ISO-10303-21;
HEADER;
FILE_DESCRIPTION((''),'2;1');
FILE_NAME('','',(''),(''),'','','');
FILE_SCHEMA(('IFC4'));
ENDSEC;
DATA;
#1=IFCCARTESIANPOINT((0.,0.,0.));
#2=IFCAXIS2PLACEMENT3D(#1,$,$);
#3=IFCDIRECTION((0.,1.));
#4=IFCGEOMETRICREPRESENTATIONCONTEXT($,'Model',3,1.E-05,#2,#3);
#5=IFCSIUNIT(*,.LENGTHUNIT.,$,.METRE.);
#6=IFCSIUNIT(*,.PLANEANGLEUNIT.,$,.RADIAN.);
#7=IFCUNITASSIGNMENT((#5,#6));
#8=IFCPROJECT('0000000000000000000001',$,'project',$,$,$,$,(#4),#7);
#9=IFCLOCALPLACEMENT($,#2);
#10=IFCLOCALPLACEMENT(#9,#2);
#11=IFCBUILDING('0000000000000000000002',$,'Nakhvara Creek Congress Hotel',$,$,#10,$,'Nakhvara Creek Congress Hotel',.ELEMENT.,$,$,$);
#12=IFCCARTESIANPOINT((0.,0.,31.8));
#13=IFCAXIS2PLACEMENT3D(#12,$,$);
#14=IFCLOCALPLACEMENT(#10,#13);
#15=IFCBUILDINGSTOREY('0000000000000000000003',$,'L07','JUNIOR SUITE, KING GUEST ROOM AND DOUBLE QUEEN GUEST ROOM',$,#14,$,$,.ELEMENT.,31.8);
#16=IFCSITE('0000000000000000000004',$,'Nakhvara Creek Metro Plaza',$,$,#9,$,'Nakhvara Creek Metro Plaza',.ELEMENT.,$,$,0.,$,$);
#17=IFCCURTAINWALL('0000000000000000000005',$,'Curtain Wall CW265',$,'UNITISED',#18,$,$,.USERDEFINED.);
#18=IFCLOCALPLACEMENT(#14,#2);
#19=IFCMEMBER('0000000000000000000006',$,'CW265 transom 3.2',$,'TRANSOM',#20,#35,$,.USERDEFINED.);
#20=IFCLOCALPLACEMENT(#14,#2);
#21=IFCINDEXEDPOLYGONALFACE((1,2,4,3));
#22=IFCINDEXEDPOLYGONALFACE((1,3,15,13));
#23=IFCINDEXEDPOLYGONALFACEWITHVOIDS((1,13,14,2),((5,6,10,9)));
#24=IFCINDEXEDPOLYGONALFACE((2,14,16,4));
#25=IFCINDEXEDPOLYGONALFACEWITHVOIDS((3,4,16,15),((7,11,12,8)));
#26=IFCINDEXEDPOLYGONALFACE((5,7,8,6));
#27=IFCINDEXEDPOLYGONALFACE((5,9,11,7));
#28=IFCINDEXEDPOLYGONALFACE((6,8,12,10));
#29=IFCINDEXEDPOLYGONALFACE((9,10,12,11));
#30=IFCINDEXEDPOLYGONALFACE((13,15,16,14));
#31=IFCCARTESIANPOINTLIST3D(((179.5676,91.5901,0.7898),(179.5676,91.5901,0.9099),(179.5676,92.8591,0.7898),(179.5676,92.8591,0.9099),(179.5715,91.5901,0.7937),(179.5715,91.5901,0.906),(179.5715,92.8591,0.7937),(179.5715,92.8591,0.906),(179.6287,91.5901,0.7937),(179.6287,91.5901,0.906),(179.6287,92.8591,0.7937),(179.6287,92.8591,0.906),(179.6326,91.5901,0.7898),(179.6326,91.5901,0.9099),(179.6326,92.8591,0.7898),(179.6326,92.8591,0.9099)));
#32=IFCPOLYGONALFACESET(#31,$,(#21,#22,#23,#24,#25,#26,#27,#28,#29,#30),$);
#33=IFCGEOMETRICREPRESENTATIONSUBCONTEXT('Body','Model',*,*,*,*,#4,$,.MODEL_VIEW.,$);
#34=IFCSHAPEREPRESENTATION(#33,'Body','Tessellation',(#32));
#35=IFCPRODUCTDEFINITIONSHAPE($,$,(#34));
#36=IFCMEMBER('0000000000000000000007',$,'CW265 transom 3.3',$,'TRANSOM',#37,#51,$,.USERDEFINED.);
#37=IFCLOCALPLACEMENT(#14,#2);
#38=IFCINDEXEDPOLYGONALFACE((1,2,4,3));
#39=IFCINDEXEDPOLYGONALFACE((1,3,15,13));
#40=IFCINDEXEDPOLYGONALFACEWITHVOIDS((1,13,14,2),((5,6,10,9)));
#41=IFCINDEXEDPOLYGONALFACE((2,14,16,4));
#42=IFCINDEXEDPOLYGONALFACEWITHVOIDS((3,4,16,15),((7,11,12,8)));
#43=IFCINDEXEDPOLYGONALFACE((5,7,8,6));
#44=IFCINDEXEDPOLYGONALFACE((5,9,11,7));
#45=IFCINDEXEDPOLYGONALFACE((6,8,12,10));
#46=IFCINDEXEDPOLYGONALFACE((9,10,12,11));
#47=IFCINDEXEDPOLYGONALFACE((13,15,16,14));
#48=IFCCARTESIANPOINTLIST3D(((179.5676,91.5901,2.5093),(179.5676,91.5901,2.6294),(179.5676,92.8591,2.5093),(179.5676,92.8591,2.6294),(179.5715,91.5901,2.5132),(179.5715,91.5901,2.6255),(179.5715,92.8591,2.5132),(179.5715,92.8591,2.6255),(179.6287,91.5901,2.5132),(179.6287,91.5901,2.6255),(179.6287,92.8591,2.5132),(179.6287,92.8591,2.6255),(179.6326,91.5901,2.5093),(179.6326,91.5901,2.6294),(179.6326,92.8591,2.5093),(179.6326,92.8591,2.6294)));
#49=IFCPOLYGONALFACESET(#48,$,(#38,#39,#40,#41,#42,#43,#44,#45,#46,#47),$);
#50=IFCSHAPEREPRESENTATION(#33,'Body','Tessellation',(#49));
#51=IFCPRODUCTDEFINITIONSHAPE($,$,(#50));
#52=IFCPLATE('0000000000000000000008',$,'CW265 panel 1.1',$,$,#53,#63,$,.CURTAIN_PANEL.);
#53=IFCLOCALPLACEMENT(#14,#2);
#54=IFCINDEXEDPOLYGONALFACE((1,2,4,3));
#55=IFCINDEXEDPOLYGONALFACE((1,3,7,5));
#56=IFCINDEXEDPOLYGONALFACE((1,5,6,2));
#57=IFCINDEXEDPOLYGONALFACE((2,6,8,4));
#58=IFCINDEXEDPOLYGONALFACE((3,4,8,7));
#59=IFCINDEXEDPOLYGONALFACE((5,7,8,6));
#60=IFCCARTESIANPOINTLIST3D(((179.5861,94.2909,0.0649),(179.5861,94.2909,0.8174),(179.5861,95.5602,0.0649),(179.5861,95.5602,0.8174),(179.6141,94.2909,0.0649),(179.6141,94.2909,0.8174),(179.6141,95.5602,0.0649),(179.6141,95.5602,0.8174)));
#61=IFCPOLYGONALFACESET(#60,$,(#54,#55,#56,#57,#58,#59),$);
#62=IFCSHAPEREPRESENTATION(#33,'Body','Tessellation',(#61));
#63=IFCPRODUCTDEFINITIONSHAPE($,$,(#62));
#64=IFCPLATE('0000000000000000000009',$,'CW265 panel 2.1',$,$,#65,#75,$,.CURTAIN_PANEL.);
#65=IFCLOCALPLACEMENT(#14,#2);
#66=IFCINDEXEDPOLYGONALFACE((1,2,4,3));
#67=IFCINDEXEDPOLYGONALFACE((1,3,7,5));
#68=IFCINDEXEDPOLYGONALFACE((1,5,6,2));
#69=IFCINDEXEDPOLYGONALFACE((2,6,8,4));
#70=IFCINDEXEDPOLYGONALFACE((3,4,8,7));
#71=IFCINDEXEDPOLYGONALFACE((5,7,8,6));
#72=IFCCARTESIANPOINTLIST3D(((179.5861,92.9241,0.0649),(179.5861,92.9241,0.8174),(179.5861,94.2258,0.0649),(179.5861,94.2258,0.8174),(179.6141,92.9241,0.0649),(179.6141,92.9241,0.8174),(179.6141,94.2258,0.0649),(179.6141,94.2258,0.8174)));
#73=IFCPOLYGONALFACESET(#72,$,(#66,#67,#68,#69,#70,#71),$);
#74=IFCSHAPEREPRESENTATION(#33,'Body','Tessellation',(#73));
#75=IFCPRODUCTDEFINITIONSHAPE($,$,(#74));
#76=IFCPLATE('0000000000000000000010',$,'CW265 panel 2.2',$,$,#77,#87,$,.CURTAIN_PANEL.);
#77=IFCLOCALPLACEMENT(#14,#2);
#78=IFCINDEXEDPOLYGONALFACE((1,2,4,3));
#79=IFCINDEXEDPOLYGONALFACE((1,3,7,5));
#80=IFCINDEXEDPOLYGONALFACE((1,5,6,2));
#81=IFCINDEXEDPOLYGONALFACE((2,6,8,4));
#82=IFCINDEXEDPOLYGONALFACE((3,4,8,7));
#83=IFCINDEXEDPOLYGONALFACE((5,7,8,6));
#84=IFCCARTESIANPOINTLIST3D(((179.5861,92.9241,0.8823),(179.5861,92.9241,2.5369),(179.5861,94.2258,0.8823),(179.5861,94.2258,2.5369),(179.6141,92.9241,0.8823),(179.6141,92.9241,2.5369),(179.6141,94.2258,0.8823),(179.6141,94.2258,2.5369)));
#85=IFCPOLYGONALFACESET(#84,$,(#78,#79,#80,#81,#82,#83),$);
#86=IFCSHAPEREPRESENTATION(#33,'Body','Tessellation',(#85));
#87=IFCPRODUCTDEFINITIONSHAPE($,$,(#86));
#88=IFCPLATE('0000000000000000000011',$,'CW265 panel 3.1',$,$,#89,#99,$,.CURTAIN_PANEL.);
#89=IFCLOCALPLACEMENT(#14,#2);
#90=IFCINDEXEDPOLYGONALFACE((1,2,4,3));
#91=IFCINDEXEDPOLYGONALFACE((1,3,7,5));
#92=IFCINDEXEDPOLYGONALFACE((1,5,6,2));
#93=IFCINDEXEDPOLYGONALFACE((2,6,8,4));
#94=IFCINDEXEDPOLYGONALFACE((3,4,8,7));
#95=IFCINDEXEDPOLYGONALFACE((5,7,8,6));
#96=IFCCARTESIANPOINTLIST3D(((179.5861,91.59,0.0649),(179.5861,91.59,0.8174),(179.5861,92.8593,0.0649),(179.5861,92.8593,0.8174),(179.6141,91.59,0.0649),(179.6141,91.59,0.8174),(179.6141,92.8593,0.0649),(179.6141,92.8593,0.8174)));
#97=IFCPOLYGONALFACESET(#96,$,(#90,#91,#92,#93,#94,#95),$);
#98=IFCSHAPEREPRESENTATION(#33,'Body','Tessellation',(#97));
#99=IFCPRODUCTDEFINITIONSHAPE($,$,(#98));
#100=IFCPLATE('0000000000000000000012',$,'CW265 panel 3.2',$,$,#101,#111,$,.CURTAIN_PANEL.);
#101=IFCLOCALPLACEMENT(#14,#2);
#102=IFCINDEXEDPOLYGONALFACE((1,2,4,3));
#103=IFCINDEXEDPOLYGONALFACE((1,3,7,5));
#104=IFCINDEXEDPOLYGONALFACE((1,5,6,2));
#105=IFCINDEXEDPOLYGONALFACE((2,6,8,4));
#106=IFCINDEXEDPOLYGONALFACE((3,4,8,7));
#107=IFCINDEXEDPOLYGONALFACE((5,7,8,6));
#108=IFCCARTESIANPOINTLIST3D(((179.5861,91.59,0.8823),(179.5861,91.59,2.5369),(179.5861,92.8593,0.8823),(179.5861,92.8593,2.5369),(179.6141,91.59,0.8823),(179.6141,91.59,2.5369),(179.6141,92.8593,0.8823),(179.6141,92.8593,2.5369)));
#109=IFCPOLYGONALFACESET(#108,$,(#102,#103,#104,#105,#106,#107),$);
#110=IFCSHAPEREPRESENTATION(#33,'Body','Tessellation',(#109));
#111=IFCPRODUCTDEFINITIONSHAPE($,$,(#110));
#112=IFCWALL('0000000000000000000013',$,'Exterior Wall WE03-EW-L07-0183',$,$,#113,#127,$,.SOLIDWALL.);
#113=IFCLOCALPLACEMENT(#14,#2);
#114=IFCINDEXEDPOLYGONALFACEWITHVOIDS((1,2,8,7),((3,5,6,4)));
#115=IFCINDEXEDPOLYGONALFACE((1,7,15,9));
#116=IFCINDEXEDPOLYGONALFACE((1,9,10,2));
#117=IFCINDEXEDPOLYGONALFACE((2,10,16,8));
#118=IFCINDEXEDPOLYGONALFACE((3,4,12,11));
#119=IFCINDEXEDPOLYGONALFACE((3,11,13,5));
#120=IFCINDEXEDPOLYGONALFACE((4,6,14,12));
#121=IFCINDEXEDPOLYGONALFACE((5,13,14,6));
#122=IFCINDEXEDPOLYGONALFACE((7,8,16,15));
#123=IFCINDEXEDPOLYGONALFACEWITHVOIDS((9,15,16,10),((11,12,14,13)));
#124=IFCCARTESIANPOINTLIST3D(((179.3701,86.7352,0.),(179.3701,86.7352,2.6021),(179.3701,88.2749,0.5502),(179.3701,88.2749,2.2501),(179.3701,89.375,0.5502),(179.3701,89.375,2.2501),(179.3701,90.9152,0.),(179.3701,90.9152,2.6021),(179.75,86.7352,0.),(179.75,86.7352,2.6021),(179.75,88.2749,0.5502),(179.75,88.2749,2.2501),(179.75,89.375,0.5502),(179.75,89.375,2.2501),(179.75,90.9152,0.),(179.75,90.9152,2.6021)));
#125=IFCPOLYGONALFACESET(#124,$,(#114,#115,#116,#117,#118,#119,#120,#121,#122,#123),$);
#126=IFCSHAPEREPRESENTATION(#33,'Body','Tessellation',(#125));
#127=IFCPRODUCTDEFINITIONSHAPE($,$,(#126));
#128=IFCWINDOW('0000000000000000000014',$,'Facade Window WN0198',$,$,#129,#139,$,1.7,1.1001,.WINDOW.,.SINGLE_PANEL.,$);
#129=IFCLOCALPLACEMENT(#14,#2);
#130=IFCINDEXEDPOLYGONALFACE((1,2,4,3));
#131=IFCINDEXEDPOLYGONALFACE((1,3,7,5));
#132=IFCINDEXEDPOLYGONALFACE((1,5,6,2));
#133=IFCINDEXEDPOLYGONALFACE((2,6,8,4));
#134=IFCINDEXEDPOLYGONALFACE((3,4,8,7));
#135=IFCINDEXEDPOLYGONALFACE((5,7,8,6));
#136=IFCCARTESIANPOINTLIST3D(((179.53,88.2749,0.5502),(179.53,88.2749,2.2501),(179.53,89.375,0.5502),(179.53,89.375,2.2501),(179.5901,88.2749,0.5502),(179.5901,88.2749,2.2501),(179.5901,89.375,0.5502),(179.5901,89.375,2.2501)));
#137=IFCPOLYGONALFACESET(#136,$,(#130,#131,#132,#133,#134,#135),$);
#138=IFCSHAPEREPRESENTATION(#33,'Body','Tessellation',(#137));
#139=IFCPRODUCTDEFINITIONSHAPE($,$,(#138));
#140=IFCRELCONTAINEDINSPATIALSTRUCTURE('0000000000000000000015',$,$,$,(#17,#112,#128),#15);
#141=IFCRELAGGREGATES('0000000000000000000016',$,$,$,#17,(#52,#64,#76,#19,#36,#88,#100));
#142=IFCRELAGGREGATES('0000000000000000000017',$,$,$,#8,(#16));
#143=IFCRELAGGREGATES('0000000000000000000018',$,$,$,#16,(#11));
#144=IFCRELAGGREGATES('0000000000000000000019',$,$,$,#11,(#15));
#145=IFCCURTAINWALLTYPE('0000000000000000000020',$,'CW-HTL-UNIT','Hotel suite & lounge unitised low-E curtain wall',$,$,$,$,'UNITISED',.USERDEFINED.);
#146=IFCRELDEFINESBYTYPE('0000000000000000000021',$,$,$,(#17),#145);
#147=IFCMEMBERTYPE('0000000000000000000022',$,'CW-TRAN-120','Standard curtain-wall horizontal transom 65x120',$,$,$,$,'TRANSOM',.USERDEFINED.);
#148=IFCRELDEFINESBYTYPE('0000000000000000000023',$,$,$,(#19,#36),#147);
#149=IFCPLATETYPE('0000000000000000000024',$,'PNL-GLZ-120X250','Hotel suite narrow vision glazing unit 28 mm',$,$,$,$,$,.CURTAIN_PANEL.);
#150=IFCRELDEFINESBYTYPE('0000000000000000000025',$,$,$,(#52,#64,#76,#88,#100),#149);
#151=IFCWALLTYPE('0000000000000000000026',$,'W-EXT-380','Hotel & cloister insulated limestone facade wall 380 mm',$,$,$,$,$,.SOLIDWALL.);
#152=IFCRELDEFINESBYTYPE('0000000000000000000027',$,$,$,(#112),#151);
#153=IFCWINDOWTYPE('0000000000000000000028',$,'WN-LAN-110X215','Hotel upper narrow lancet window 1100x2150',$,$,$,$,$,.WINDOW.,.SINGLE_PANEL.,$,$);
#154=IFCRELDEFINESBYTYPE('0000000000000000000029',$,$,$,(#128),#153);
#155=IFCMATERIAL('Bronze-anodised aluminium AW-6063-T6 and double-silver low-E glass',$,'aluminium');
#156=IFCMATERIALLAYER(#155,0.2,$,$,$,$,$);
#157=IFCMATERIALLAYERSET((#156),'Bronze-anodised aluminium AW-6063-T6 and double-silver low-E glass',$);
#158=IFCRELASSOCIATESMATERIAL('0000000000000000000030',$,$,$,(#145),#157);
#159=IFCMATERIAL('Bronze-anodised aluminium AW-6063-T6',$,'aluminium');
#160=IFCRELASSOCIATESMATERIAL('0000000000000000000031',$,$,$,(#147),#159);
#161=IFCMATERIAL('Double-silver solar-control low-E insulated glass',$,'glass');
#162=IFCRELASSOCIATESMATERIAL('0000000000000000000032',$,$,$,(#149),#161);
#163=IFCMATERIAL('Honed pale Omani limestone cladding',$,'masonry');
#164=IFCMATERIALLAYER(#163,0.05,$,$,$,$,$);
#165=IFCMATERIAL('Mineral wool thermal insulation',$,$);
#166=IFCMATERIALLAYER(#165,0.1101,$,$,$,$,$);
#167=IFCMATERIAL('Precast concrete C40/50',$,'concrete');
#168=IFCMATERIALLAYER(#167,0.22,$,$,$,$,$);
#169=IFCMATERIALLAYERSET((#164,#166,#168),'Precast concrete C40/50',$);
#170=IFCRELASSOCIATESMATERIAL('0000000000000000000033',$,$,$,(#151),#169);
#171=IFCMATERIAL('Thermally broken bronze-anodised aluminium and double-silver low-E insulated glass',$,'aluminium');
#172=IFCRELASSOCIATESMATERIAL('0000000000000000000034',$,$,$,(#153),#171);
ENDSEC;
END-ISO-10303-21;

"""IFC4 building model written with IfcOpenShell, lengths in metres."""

from ifc_helpers import new_model, si_unit, direction, frame, frame_2d, origin, origin_2d, place, context, subcontext, project, spatial, rectangle, hollow_rectangle, extrude, material, layer, layer_set, material_profile, profile_set, type_object, element, fill, aggregate, save


model = new_model("IFC4")

# Units and contexts
model_context = context("Model", 3, precision=1e-05, world=origin(), true_north=direction((0.0, 1.0)))
body_context = subcontext(model_context, "Body", "Model", "MODEL_VIEW")
ifc_project = project(units=[si_unit("LENGTHUNIT", "METRE"), si_unit("PLANEANGLEUNIT", "RADIAN")], contexts=[model_context])

# Site, building, storey
site_placement = place(None, origin())
site = spatial("IfcSite", under=ifc_project, at=site_placement, Name="Nakhvara Creek Metro Plaza", LongName="Nakhvara Creek Metro Plaza", CompositionType="ELEMENT", RefElevation=0.0)
building_placement = place(site_placement, origin())
building = spatial("IfcBuilding", under=site, at=building_placement, Name="Nakhvara Creek Congress Hotel", LongName="Nakhvara Creek Congress Hotel", CompositionType="ELEMENT")
storey_placement = place(building_placement, frame((0.0, 0.0, 31.8)))
storey = spatial("IfcBuildingStorey", under=building, at=storey_placement, Name="L07", Description="JUNIOR SUITE, KING GUEST ROOM AND DOUBLE QUEEN GUEST ROOM", CompositionType="ELEMENT", Elevation=31.8)

# Curtain wall, members, plates
ifc_material_1 = material(Name="Bronze-anodised aluminium AW-6063-T6 and double-silver low-E glass", Category="aluminium")
ifc_layer_1 = layer(ifc_material_1, 0.2)
ifc_layer_set_1 = layer_set([ifc_layer_1], Name="Bronze-anodised aluminium AW-6063-T6 and double-silver low-E glass")
curtain_wall_type = type_object("IfcCurtainWallType", Name="CW-HTL-UNIT", Description="Hotel suite & lounge unitised low-E curtain wall", ElementType="UNITISED", PredefinedType="USERDEFINED", material=ifc_layer_set_1)
curtain_wall_placement = place(storey_placement, origin())
curtain_wall = element("IfcCurtainWall", 1, at=curtain_wall_placement, inside=storey, type_object=curtain_wall_type, Name="Curtain Wall CW265", ObjectType="UNITISED", PredefinedType="USERDEFINED")
ifc_material_2 = material(Name="Bronze-anodised aluminium AW-6063-T6", Category="aluminium")
ifc_material_profile_1 = material_profile(ifc_material_2, hollow_rectangle(XDim=0.0649, YDim=0.1201, WallThickness=0.0039, at=origin_2d()), Name="ALU-TRAN 65x120x4", Category="LoadBearing")
ifc_profile_set_1 = profile_set([ifc_material_profile_1], Name="Bronze-anodised aluminium AW-6063-T6")
member_type_1 = type_object("IfcMemberType", Name="CW-TRAN-120", Description="Standard curtain-wall horizontal transom 65x120", ElementType="TRANSOM", PredefinedType="USERDEFINED", material=ifc_profile_set_1)
member_1_placement = place(storey_placement, frame((179.6001, 92.8591, 0.8499), z_axis=(0.0, -1.0, 0.0), x_axis=(1.0, 0.0, 0.0)))
member_1 = element("IfcMember", 2, at=member_1_placement, type_object=member_type_1, Name="CW265 transom 3.2", ObjectType="TRANSOM", PredefinedType="USERDEFINED", context=body_context, shape_type="SweptSolid", body=[
    extrude(hollow_rectangle(XDim=0.0649, YDim=0.1201, WallThickness=0.0039, at=origin_2d()), origin(), (0.0, 0.0, 1.0), 1.269),
])
member_2_placement = place(storey_placement, frame((179.6001, 92.8591, 2.5693), z_axis=(0.0, -1.0, 0.0), x_axis=(1.0, 0.0, 0.0)))
member_2 = element("IfcMember", 3, at=member_2_placement, type_object=member_type_1, Name="CW265 transom 3.3", ObjectType="TRANSOM", PredefinedType="USERDEFINED", context=body_context, shape_type="SweptSolid", body=[
    extrude(hollow_rectangle(XDim=0.0649, YDim=0.1201, WallThickness=0.0039, at=origin_2d()), origin(), (0.0, 0.0, 1.0), 1.269),
])
ifc_material_3 = material(Name="Double-silver solar-control low-E insulated glass", Category="glass")
plate_type = type_object("IfcPlateType", Name="PNL-GLZ-120X250", Description="Hotel suite narrow vision glazing unit 28 mm", PredefinedType="CURTAIN_PANEL", material=ifc_material_3)
plate_1_placement = place(storey_placement, frame((179.6001, 94.9255, 0.0649), z_axis=(0.0, 0.0, 1.0), x_axis=(0.0, -1.0, 0.0)))
plate_1 = element("IfcPlate", 4, at=plate_1_placement, type_object=plate_type, Name="CW265 panel 1.1", PredefinedType="CURTAIN_PANEL", context=body_context, shape_type="SweptSolid", body=[
    extrude(rectangle(XDim=1.2693, YDim=0.0281, at=origin_2d()), origin(), (0.0, 0.0, 1.0), 0.7524),
])
plate_2_placement = place(storey_placement, frame((179.6001, 93.575, 0.0649), z_axis=(0.0, 0.0, 1.0), x_axis=(0.0, -1.0, 0.0)))
plate_2 = element("IfcPlate", 5, at=plate_2_placement, type_object=plate_type, Name="CW265 panel 2.1", PredefinedType="CURTAIN_PANEL", context=body_context, shape_type="SweptSolid", body=[
    extrude(rectangle(XDim=1.3018, YDim=0.0281, at=origin_2d()), origin(), (0.0, 0.0, 1.0), 0.7524),
])
plate_3_placement = place(storey_placement, frame((179.6001, 93.575, 0.8823), z_axis=(0.0, 0.0, 1.0), x_axis=(0.0, -1.0, 0.0)))
plate_3 = element("IfcPlate", 6, at=plate_3_placement, type_object=plate_type, Name="CW265 panel 2.2", PredefinedType="CURTAIN_PANEL", context=body_context, shape_type="SweptSolid", body=[
    extrude(rectangle(XDim=1.3018, YDim=0.0281, at=origin_2d()), origin(), (0.0, 0.0, 1.0), 1.6545),
])
plate_4_placement = place(storey_placement, frame((179.6001, 92.2246, 0.0649), z_axis=(0.0, 0.0, 1.0), x_axis=(0.0, -1.0, 0.0)))
plate_4 = element("IfcPlate", 7, at=plate_4_placement, type_object=plate_type, Name="CW265 panel 3.1", PredefinedType="CURTAIN_PANEL", context=body_context, shape_type="SweptSolid", body=[
    extrude(rectangle(XDim=1.2693, YDim=0.0281, at=origin_2d()), origin(), (0.0, 0.0, 1.0), 0.7524),
])
plate_5_placement = place(storey_placement, frame((179.6001, 92.2246, 0.8823), z_axis=(0.0, 0.0, 1.0), x_axis=(0.0, -1.0, 0.0)))
plate_5 = element("IfcPlate", 8, at=plate_5_placement, type_object=plate_type, Name="CW265 panel 3.2", PredefinedType="CURTAIN_PANEL", context=body_context, shape_type="SweptSolid", body=[
    extrude(rectangle(XDim=1.2693, YDim=0.0281, at=origin_2d()), origin(), (0.0, 0.0, 1.0), 1.6545),
])
aggregate(curtain_wall, [plate_1, plate_2, plate_3, member_1, member_2, plate_4, plate_5])

# Wall, opening, window
ifc_material_4 = material(Name="Honed pale Omani limestone cladding", Category="masonry")
ifc_layer_2 = layer(ifc_material_4, 0.05)
ifc_material_5 = material(Name="Mineral wool thermal insulation")
ifc_layer_3 = layer(ifc_material_5, 0.1101)
ifc_material_6 = material(Name="Precast concrete C40/50", Category="concrete")
ifc_layer_4 = layer(ifc_material_6, 0.22)
ifc_layer_set_2 = layer_set([ifc_layer_2, ifc_layer_3, ifc_layer_4], Name="Precast concrete C40/50")
wall_type_1 = type_object("IfcWallType", Name="W-EXT-380", Description="Hotel & cloister insulated limestone facade wall 380 mm", PredefinedType="SOLIDWALL", material=ifc_layer_set_2)
wall_1_placement = place(storey_placement, frame((179.5601, 90.915, 0.0), z_axis=(0.0, 0.0, 1.0), x_axis=(0.0, -1.0, 0.0)))
wall_1 = element("IfcWall", 9, at=wall_1_placement, inside=storey, type_object=wall_type_1, Name="Exterior Wall WE03-EW-L07-0183", PredefinedType="SOLIDWALL", context=body_context, shape_type="SweptSolid", body=[
    extrude(rectangle(XDim=4.1799, YDim=0.3799, at=frame_2d((2.0898, 0.0))), origin(), (0.0, 0.0, 1.0), 2.6021),
])
opening_1_placement = place(wall_1_placement, frame((1.54, 0.0, 0.55)))
opening_1 = element("IfcOpeningElement", 10, at=opening_1_placement, cuts=wall_1, PredefinedType="OPENING", context=body_context, shape_type="SweptSolid", body=[
    extrude(rectangle(XDim=1.1001, YDim=1.7, at=frame_2d((0.55, 0.8501))), frame((0.0, 0.2019, 0.0), z_axis=(0.0, -1.0, 0.0), x_axis=(1.0, 0.0, 0.0)), (0.0, 0.0, 1.0), 0.4038),
])
ifc_material_7 = material(Name="Thermally broken bronze-anodised aluminium and double-silver low-E insulated glass", Category="aluminium")
window_type = type_object("IfcWindowType", Name="WN-LAN-110X215", Description="Hotel upper narrow lancet window 1100x2150", PartitioningType="SINGLE_PANEL", PredefinedType="WINDOW", material=ifc_material_7)
window_placement = place(opening_1_placement, origin())
window = element("IfcWindow", 11, at=window_placement, inside=storey, type_object=window_type, Name="Facade Window WN0198", OverallHeight=1.7, OverallWidth=1.1001, PartitioningType="SINGLE_PANEL", PredefinedType="WINDOW", context=body_context, shape_type="SweptSolid", body=[
    extrude(rectangle(XDim=1.1001, YDim=1.7, at=frame_2d((0.55, 0.8501))), frame((0.0, 0.03, 0.0), z_axis=(0.0, -1.0, 0.0), x_axis=(1.0, 0.0, 0.0)), (0.0, 0.0, 1.0), 0.0601),
])
fill(opening_1, window)

save(model, "model.ifc")
